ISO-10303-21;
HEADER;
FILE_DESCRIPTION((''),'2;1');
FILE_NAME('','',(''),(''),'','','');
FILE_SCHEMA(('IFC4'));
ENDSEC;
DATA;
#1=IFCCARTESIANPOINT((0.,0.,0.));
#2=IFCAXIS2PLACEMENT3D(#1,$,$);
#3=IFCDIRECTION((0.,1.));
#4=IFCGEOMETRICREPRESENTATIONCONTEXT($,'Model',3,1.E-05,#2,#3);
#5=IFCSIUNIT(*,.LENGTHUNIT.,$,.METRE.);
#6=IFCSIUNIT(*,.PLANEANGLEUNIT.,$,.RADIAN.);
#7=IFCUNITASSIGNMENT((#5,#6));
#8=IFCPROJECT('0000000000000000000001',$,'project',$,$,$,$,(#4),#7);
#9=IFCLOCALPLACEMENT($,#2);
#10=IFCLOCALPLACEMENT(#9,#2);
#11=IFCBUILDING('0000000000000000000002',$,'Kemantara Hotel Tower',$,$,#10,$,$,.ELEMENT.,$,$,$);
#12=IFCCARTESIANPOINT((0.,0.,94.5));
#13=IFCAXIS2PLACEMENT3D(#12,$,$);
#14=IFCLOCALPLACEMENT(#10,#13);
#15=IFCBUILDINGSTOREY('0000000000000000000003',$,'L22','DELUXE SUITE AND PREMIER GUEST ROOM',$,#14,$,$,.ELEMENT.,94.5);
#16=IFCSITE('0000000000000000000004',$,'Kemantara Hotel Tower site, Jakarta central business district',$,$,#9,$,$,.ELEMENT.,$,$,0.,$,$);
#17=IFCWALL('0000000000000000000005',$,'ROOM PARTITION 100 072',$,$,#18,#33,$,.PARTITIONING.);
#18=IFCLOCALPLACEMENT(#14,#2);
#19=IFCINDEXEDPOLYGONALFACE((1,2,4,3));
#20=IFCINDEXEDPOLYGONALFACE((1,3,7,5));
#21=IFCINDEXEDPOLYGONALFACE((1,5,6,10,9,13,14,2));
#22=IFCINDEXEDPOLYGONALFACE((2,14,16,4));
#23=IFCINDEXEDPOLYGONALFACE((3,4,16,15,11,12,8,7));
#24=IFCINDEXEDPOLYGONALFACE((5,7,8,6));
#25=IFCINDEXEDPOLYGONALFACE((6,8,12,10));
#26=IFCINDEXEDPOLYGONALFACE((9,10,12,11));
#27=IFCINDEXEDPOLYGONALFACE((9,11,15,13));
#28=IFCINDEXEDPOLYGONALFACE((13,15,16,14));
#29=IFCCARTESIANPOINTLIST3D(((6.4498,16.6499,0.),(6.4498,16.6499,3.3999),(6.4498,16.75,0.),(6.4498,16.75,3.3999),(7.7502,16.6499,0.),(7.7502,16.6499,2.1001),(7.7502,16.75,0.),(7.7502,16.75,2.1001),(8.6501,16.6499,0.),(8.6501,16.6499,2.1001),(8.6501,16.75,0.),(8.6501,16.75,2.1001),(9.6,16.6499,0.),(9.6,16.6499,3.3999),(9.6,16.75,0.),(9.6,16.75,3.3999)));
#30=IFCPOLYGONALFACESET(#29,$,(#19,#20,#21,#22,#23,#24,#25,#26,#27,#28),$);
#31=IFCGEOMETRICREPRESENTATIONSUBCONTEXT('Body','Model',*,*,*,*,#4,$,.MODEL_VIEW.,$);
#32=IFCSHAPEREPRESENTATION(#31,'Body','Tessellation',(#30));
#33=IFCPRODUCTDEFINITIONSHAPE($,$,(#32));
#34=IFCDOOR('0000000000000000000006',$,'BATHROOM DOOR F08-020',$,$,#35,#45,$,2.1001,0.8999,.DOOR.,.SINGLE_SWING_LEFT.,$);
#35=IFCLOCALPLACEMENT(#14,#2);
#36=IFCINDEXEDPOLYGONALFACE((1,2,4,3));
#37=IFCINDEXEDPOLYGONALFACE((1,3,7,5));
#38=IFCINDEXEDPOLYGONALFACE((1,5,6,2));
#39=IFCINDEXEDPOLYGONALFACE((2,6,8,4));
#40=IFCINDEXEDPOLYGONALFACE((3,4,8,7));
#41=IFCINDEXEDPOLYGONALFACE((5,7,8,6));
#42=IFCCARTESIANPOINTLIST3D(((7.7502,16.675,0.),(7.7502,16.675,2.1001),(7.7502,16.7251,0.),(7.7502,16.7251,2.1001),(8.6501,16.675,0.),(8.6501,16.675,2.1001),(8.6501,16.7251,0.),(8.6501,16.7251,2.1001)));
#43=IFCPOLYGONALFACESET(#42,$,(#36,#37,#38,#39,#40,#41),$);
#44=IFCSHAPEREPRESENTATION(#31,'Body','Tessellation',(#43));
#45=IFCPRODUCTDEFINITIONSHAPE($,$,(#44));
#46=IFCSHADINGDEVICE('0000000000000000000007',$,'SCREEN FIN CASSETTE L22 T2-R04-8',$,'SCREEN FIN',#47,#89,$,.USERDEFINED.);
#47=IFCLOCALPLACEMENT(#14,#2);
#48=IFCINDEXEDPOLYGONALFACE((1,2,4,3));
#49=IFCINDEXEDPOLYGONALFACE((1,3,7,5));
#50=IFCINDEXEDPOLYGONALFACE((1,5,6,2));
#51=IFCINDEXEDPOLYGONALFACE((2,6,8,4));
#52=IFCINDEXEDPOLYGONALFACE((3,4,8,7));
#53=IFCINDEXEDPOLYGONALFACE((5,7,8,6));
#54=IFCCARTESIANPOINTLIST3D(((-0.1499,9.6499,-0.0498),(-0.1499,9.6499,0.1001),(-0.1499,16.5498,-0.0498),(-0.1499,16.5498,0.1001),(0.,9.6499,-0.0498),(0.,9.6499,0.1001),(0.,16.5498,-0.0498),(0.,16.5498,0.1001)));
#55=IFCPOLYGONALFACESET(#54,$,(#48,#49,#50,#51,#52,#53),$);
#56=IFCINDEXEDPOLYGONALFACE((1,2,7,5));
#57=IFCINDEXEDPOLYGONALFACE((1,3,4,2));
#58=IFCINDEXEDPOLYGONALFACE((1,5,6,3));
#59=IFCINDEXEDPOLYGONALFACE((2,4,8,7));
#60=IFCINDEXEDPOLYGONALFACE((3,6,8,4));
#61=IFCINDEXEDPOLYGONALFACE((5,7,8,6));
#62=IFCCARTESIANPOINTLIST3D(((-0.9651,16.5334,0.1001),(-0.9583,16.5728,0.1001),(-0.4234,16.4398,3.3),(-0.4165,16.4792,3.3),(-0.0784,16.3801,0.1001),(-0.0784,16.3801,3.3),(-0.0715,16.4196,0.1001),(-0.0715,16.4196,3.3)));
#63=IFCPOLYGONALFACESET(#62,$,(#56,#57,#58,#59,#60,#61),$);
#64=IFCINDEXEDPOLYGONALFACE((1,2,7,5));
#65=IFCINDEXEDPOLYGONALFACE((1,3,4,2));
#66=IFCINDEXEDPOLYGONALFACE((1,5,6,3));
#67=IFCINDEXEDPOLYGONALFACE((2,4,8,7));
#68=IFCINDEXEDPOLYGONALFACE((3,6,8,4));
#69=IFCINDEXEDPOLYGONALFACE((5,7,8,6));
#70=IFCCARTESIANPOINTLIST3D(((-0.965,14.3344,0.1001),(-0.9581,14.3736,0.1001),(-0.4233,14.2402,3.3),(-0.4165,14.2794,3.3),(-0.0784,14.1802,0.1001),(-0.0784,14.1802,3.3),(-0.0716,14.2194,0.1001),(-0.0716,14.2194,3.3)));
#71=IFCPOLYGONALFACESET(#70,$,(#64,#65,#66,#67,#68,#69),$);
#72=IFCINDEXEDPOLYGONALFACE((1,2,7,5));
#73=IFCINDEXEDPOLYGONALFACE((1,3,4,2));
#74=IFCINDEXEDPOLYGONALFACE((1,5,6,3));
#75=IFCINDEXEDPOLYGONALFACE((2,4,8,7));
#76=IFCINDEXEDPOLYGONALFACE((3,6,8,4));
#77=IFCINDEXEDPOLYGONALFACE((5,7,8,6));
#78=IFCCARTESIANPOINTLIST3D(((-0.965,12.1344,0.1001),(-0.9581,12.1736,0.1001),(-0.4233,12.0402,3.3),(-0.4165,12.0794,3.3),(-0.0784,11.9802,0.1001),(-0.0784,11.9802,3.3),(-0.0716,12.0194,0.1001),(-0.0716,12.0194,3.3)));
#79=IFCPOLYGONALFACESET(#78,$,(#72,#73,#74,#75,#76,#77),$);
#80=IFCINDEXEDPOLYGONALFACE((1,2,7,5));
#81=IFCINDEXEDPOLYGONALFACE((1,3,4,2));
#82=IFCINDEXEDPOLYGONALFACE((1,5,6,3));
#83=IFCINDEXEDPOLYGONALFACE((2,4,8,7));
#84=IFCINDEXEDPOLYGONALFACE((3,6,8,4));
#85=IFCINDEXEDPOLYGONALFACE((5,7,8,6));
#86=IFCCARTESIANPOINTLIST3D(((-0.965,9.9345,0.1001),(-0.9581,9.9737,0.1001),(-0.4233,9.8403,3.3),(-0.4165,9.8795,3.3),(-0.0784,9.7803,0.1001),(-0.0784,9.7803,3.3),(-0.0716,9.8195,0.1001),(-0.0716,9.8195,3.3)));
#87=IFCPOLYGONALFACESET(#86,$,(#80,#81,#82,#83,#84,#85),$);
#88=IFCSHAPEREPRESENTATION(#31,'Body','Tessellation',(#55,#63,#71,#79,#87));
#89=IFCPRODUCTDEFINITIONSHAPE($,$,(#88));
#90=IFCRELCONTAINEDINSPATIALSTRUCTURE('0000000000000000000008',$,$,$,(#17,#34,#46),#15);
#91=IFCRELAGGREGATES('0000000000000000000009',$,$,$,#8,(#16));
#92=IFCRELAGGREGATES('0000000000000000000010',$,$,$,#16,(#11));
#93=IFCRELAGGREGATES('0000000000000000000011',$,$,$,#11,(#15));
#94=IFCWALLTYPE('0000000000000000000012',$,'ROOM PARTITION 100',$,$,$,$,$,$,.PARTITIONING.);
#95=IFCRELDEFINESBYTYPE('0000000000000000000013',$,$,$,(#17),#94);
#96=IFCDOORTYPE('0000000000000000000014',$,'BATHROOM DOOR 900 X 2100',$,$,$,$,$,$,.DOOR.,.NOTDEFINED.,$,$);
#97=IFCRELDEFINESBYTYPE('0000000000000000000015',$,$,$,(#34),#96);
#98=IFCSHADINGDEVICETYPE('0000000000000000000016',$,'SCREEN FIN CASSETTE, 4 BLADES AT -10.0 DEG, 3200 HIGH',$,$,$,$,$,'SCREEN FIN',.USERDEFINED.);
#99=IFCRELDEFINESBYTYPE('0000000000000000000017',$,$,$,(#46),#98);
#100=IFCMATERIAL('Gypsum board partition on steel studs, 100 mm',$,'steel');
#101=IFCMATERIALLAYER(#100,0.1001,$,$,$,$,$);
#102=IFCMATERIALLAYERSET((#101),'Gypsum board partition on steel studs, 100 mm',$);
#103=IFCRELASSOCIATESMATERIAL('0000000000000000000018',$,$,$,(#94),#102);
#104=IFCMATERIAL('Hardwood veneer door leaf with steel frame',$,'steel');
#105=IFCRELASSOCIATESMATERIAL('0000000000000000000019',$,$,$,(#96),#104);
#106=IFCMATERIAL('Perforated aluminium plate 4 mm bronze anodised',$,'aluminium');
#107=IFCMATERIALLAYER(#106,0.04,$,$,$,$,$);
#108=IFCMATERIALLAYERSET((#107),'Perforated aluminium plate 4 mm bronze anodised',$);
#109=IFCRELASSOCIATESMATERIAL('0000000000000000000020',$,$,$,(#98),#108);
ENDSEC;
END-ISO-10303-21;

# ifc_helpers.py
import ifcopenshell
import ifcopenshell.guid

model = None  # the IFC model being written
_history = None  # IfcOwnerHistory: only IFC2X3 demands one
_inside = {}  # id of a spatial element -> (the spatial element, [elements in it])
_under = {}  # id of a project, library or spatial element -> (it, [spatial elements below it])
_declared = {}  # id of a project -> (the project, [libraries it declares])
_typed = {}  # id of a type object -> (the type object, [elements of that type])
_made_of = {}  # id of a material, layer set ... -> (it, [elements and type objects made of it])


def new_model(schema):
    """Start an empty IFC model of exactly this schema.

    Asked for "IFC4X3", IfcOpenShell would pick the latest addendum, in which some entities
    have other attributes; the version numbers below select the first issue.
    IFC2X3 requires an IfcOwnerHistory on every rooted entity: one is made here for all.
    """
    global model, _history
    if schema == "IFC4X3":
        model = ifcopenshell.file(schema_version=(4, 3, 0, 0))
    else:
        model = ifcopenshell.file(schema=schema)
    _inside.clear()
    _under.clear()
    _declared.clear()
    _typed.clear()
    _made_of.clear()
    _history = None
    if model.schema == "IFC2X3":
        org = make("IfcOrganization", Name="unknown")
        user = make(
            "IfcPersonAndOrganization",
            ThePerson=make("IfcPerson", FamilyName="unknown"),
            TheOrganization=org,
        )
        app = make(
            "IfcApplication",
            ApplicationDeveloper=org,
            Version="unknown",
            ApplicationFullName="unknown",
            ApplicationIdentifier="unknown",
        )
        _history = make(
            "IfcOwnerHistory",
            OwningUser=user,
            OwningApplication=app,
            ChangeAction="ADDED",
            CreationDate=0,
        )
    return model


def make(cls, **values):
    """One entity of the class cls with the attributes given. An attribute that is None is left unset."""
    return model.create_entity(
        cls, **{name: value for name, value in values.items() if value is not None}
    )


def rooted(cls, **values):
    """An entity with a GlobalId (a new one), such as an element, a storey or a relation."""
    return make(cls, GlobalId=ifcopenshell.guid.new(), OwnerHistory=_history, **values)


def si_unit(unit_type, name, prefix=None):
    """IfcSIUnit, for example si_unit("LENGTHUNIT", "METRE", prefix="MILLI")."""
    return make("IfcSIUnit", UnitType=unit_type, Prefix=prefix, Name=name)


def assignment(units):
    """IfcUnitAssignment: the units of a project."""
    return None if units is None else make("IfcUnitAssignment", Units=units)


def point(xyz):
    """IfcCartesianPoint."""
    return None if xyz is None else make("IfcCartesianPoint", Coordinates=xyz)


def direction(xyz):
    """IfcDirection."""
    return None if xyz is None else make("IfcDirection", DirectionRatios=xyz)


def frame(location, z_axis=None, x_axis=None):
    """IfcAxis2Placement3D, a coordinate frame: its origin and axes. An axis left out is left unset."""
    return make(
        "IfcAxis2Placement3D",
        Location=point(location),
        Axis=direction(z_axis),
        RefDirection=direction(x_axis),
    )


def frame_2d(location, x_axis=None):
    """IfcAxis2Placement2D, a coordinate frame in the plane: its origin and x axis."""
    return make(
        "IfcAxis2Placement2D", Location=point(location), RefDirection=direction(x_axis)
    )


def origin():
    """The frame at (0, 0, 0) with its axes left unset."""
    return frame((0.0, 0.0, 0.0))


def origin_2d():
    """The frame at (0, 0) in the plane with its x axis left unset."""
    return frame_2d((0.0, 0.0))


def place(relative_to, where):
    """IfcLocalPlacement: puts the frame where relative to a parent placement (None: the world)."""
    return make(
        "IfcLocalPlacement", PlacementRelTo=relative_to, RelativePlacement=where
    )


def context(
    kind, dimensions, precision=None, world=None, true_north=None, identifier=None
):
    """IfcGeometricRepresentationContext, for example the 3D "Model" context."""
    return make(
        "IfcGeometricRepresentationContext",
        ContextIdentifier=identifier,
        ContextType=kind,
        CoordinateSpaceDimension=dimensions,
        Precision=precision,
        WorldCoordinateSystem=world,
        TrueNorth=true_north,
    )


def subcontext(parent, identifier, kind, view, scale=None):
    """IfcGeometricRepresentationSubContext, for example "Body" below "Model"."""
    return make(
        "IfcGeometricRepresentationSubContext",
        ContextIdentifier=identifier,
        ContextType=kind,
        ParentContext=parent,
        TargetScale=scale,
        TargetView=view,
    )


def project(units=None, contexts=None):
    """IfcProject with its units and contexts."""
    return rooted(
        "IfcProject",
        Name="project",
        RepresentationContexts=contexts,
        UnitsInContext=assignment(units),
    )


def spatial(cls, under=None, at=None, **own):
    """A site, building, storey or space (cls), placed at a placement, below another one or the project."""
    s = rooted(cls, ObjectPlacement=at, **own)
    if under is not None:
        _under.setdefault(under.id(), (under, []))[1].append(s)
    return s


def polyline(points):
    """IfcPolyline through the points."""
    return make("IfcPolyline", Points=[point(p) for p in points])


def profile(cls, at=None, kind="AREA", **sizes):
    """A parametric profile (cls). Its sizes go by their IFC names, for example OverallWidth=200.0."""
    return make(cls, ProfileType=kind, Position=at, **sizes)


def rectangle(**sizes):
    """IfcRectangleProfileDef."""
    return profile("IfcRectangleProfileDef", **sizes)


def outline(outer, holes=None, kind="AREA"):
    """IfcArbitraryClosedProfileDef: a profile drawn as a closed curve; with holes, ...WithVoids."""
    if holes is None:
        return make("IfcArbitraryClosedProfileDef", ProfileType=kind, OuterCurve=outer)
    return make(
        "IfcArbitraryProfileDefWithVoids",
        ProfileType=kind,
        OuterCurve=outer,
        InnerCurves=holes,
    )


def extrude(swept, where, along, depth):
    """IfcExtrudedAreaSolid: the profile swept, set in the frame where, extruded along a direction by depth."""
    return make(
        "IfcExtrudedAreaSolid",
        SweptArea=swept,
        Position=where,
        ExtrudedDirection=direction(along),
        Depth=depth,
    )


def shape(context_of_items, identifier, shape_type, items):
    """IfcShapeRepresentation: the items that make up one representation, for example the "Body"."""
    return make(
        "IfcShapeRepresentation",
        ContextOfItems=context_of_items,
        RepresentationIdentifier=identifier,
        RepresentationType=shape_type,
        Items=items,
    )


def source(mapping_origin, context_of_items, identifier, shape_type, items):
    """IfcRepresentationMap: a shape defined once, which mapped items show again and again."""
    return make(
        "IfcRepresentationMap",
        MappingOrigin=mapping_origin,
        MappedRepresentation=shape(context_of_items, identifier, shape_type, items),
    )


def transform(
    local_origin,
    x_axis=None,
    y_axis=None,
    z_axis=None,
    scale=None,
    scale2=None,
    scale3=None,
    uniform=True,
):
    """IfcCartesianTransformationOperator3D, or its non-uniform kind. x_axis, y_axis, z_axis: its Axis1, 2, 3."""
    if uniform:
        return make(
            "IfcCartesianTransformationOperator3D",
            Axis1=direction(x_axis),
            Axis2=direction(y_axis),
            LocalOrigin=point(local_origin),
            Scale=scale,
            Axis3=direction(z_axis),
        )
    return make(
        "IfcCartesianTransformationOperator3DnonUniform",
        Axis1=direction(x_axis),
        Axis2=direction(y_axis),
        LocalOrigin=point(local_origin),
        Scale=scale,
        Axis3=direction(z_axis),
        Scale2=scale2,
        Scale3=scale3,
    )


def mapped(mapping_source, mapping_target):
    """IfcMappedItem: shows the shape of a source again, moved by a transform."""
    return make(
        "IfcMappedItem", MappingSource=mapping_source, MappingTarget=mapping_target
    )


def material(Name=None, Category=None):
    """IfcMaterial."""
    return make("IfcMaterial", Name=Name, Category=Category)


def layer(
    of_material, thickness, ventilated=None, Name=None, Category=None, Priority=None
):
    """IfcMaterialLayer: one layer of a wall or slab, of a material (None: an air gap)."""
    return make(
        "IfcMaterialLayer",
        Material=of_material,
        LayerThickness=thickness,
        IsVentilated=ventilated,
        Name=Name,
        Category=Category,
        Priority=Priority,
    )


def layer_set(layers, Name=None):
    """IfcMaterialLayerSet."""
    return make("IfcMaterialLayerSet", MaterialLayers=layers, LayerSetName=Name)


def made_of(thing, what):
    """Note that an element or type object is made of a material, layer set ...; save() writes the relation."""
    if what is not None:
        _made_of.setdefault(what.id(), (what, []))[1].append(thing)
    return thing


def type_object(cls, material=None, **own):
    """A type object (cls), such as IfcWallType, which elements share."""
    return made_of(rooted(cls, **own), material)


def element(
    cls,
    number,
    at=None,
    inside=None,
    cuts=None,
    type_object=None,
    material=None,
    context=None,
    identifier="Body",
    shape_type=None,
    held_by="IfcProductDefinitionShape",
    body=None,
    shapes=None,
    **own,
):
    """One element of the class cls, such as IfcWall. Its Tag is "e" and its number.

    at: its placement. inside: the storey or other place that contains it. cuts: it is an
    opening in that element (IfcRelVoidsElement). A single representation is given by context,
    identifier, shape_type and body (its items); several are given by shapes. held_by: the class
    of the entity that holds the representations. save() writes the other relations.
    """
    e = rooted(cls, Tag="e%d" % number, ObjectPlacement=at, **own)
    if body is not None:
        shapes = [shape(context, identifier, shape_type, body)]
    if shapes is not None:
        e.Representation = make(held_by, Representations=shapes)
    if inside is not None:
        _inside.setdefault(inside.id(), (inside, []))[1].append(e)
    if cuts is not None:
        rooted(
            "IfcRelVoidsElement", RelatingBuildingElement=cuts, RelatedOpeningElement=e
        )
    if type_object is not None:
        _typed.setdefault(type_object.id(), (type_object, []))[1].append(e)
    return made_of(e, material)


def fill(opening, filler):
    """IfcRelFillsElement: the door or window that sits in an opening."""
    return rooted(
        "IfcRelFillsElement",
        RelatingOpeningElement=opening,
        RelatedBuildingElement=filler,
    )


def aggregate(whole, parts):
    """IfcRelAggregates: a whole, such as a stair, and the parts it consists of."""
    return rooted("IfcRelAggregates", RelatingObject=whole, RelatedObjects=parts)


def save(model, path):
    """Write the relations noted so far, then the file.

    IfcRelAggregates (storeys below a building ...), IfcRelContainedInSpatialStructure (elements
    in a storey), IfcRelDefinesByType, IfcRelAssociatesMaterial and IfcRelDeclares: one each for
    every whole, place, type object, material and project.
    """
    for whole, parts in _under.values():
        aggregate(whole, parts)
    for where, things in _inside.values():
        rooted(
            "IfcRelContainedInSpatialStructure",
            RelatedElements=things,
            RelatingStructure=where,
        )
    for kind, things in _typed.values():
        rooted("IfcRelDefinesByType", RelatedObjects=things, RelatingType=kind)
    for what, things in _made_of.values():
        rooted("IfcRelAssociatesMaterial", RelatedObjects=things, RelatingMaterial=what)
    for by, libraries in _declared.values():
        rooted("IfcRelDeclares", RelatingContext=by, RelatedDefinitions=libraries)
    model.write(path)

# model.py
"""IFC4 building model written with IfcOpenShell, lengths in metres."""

from ifc_helpers import new_model, si_unit, direction, frame, frame_2d, origin, origin_2d, place, context, subcontext, project, spatial, polyline, rectangle, outline, extrude, source, transform, mapped, material, layer, layer_set, type_object, element, fill, save


model = new_model("IFC4")

# Units and contexts
model_context = context("Model", 3, precision=1e-05, world=origin(), true_north=direction((0.0, 1.0)))
body_context = subcontext(model_context, "Body", "Model", "MODEL_VIEW")
ifc_project = project(units=[si_unit("LENGTHUNIT", "METRE"), si_unit("PLANEANGLEUNIT", "RADIAN")], contexts=[model_context])

# Site, building, storey
site_placement = place(None, origin())
site = spatial("IfcSite", under=ifc_project, at=site_placement, Name="Kemantara Hotel Tower site, Jakarta central business district", CompositionType="ELEMENT", RefElevation=0.0)
building_placement = place(site_placement, origin())
building = spatial("IfcBuilding", under=site, at=building_placement, Name="Kemantara Hotel Tower", CompositionType="ELEMENT")
storey_placement = place(building_placement, frame((0.0, 0.0, 94.5)))
storey = spatial("IfcBuildingStorey", under=building, at=storey_placement, Name="L22", Description="DELUXE SUITE AND PREMIER GUEST ROOM", CompositionType="ELEMENT", Elevation=94.5)

# Shared definitions
ifc_material_1 = material(Name="Hardwood veneer door leaf with steel frame", Category="steel")

# Shared definitions
ifc_material_2 = material(Name="Gypsum board partition on steel studs, 100 mm", Category="steel")
ifc_layer_1 = layer(ifc_material_2, 0.1001)
ifc_layer_set_1 = layer_set([ifc_layer_1], Name="Gypsum board partition on steel studs, 100 mm")
wall_type_1 = type_object("IfcWallType", Name="ROOM PARTITION 100", PredefinedType="PARTITIONING", material=ifc_layer_set_1)

# Wall, opening, door
wall_1_placement = place(storey_placement, frame((9.6001, 16.7, 0.0), z_axis=(0.0, 0.0, 1.0), x_axis=(-1.0, 0.0, 0.0)))
wall_1 = element("IfcWall", 1, at=wall_1_placement, inside=storey, type_object=wall_type_1, Name="ROOM PARTITION 100 072", PredefinedType="PARTITIONING", context=body_context, shape_type="SweptSolid", body=[
    extrude(rectangle(XDim=3.1501, YDim=0.1001, at=frame_2d((1.5752, 0.0))), origin(), (0.0, 0.0, 1.0), 3.3999),
])
opening_1_placement = place(wall_1_placement, frame((0.95, 0.0, 0.0)))
opening_1 = element("IfcOpeningElement", 2, at=opening_1_placement, cuts=wall_1, PredefinedType="OPENING", context=body_context, shape_type="SweptSolid", body=[
    extrude(rectangle(XDim=0.8999, YDim=2.1001, at=frame_2d((0.45, 1.05))), frame((0.0, 0.0601, 0.0), z_axis=(0.0, -1.0, 0.0), x_axis=(1.0, 0.0, 0.0)), (0.0, 0.0, 1.0), 0.1201),
])
door_type_1 = type_object("IfcDoorType", Name="BATHROOM DOOR 900 X 2100", OperationType="NOTDEFINED", PredefinedType="DOOR", material=ifc_material_1)
door_1_placement = place(opening_1_placement, origin())
door_1 = element("IfcDoor", 3, at=door_1_placement, inside=storey, type_object=door_type_1, Name="BATHROOM DOOR F08-020", OperationType="SINGLE_SWING_LEFT", OverallHeight=2.1001, OverallWidth=0.8999, PredefinedType="DOOR", context=body_context, shape_type="SweptSolid", body=[
    extrude(rectangle(XDim=0.8999, YDim=2.1001, at=frame_2d((0.45, 1.05))), frame((0.0, 0.0249, 0.0), z_axis=(0.0, -1.0, 0.0), x_axis=(1.0, 0.0, 0.0)), (0.0, 0.0, 1.0), 0.05),
])
fill(opening_1, door_1)

# Shading device
ifc_material_3 = material(Name="Perforated aluminium plate 4 mm bronze anodised", Category="aluminium")
ifc_layer_2 = layer(ifc_material_3, 0.04)
ifc_layer_set_2 = layer_set([ifc_layer_2], Name="Perforated aluminium plate 4 mm bronze anodised")
shading_device_type = type_object("IfcShadingDeviceType", Name="SCREEN FIN CASSETTE, 4 BLADES AT -10.0 DEG, 3200 HIGH", ElementType="SCREEN FIN", PredefinedType="USERDEFINED", material=ifc_layer_set_2)
shared_shape = source(origin(), body_context, "Body", "SweptSolid", [
    extrude(rectangle(XDim=6.8999, YDim=0.1499, at=origin_2d()), frame((3.3, -0.075, -0.1499), z_axis=(0.0, 0.0, 1.0), x_axis=(1.0, 0.0, 0.0)), (0.0, 0.0, 1.0), 0.1499),
    extrude(outline(polyline([(0.0, 0.0), (0.8999, 0.0), (0.3501, 3.2), (0.0, 3.2), (0.0, 0.0)])), frame((0.0198, -0.0784, 0.0), z_axis=(-0.98539, 0.170314, 0.0), x_axis=(-0.170314, -0.98539, 0.0)), (0.0, 0.0, 1.0), 0.04),
    extrude(outline(polyline([(0.0, 0.0), (0.8999, 0.0), (0.3501, 3.2), (0.0, 3.2), (0.0, 0.0)])), frame((2.2197, -0.0784, 0.0), z_axis=(-0.985212, 0.171341, 0.0), x_axis=(-0.171341, -0.985212, 0.0)), (0.0, 0.0, 1.0), 0.0398),
    extrude(outline(polyline([(0.0, 0.0), (0.8999, 0.0), (0.3501, 3.2), (0.0, 3.2), (0.0, 0.0)])), frame((4.4197, -0.0784, 0.0), z_axis=(-0.985212, 0.171341, 0.0), x_axis=(-0.171341, -0.985212, 0.0)), (0.0, 0.0, 1.0), 0.0398),
    extrude(outline(polyline([(0.0, 0.0), (0.8999, 0.0), (0.3501, 3.2), (0.0, 3.2), (0.0, 0.0)])), frame((6.6196, -0.0784, 0.0), z_axis=(-0.985212, 0.171341, 0.0), x_axis=(-0.171341, -0.985212, 0.0)), (0.0, 0.0, 1.0), 0.0398),
])
shading_device_placement = place(storey_placement, frame((0.0, 16.3999, 0.1001), z_axis=(0.0, 0.0, 1.0), x_axis=(0.0, -1.0, 0.0)))
element("IfcShadingDevice", 4, at=shading_device_placement, inside=storey, type_object=shading_device_type, Name="SCREEN FIN CASSETTE L22 T2-R04-8", ObjectType="SCREEN FIN", PredefinedType="USERDEFINED", context=body_context, shape_type="MappedRepresentation", body=[
    mapped(shared_shape, transform((0.0, 0.0, 0.0))),
])

save(model, "model.ifc")
